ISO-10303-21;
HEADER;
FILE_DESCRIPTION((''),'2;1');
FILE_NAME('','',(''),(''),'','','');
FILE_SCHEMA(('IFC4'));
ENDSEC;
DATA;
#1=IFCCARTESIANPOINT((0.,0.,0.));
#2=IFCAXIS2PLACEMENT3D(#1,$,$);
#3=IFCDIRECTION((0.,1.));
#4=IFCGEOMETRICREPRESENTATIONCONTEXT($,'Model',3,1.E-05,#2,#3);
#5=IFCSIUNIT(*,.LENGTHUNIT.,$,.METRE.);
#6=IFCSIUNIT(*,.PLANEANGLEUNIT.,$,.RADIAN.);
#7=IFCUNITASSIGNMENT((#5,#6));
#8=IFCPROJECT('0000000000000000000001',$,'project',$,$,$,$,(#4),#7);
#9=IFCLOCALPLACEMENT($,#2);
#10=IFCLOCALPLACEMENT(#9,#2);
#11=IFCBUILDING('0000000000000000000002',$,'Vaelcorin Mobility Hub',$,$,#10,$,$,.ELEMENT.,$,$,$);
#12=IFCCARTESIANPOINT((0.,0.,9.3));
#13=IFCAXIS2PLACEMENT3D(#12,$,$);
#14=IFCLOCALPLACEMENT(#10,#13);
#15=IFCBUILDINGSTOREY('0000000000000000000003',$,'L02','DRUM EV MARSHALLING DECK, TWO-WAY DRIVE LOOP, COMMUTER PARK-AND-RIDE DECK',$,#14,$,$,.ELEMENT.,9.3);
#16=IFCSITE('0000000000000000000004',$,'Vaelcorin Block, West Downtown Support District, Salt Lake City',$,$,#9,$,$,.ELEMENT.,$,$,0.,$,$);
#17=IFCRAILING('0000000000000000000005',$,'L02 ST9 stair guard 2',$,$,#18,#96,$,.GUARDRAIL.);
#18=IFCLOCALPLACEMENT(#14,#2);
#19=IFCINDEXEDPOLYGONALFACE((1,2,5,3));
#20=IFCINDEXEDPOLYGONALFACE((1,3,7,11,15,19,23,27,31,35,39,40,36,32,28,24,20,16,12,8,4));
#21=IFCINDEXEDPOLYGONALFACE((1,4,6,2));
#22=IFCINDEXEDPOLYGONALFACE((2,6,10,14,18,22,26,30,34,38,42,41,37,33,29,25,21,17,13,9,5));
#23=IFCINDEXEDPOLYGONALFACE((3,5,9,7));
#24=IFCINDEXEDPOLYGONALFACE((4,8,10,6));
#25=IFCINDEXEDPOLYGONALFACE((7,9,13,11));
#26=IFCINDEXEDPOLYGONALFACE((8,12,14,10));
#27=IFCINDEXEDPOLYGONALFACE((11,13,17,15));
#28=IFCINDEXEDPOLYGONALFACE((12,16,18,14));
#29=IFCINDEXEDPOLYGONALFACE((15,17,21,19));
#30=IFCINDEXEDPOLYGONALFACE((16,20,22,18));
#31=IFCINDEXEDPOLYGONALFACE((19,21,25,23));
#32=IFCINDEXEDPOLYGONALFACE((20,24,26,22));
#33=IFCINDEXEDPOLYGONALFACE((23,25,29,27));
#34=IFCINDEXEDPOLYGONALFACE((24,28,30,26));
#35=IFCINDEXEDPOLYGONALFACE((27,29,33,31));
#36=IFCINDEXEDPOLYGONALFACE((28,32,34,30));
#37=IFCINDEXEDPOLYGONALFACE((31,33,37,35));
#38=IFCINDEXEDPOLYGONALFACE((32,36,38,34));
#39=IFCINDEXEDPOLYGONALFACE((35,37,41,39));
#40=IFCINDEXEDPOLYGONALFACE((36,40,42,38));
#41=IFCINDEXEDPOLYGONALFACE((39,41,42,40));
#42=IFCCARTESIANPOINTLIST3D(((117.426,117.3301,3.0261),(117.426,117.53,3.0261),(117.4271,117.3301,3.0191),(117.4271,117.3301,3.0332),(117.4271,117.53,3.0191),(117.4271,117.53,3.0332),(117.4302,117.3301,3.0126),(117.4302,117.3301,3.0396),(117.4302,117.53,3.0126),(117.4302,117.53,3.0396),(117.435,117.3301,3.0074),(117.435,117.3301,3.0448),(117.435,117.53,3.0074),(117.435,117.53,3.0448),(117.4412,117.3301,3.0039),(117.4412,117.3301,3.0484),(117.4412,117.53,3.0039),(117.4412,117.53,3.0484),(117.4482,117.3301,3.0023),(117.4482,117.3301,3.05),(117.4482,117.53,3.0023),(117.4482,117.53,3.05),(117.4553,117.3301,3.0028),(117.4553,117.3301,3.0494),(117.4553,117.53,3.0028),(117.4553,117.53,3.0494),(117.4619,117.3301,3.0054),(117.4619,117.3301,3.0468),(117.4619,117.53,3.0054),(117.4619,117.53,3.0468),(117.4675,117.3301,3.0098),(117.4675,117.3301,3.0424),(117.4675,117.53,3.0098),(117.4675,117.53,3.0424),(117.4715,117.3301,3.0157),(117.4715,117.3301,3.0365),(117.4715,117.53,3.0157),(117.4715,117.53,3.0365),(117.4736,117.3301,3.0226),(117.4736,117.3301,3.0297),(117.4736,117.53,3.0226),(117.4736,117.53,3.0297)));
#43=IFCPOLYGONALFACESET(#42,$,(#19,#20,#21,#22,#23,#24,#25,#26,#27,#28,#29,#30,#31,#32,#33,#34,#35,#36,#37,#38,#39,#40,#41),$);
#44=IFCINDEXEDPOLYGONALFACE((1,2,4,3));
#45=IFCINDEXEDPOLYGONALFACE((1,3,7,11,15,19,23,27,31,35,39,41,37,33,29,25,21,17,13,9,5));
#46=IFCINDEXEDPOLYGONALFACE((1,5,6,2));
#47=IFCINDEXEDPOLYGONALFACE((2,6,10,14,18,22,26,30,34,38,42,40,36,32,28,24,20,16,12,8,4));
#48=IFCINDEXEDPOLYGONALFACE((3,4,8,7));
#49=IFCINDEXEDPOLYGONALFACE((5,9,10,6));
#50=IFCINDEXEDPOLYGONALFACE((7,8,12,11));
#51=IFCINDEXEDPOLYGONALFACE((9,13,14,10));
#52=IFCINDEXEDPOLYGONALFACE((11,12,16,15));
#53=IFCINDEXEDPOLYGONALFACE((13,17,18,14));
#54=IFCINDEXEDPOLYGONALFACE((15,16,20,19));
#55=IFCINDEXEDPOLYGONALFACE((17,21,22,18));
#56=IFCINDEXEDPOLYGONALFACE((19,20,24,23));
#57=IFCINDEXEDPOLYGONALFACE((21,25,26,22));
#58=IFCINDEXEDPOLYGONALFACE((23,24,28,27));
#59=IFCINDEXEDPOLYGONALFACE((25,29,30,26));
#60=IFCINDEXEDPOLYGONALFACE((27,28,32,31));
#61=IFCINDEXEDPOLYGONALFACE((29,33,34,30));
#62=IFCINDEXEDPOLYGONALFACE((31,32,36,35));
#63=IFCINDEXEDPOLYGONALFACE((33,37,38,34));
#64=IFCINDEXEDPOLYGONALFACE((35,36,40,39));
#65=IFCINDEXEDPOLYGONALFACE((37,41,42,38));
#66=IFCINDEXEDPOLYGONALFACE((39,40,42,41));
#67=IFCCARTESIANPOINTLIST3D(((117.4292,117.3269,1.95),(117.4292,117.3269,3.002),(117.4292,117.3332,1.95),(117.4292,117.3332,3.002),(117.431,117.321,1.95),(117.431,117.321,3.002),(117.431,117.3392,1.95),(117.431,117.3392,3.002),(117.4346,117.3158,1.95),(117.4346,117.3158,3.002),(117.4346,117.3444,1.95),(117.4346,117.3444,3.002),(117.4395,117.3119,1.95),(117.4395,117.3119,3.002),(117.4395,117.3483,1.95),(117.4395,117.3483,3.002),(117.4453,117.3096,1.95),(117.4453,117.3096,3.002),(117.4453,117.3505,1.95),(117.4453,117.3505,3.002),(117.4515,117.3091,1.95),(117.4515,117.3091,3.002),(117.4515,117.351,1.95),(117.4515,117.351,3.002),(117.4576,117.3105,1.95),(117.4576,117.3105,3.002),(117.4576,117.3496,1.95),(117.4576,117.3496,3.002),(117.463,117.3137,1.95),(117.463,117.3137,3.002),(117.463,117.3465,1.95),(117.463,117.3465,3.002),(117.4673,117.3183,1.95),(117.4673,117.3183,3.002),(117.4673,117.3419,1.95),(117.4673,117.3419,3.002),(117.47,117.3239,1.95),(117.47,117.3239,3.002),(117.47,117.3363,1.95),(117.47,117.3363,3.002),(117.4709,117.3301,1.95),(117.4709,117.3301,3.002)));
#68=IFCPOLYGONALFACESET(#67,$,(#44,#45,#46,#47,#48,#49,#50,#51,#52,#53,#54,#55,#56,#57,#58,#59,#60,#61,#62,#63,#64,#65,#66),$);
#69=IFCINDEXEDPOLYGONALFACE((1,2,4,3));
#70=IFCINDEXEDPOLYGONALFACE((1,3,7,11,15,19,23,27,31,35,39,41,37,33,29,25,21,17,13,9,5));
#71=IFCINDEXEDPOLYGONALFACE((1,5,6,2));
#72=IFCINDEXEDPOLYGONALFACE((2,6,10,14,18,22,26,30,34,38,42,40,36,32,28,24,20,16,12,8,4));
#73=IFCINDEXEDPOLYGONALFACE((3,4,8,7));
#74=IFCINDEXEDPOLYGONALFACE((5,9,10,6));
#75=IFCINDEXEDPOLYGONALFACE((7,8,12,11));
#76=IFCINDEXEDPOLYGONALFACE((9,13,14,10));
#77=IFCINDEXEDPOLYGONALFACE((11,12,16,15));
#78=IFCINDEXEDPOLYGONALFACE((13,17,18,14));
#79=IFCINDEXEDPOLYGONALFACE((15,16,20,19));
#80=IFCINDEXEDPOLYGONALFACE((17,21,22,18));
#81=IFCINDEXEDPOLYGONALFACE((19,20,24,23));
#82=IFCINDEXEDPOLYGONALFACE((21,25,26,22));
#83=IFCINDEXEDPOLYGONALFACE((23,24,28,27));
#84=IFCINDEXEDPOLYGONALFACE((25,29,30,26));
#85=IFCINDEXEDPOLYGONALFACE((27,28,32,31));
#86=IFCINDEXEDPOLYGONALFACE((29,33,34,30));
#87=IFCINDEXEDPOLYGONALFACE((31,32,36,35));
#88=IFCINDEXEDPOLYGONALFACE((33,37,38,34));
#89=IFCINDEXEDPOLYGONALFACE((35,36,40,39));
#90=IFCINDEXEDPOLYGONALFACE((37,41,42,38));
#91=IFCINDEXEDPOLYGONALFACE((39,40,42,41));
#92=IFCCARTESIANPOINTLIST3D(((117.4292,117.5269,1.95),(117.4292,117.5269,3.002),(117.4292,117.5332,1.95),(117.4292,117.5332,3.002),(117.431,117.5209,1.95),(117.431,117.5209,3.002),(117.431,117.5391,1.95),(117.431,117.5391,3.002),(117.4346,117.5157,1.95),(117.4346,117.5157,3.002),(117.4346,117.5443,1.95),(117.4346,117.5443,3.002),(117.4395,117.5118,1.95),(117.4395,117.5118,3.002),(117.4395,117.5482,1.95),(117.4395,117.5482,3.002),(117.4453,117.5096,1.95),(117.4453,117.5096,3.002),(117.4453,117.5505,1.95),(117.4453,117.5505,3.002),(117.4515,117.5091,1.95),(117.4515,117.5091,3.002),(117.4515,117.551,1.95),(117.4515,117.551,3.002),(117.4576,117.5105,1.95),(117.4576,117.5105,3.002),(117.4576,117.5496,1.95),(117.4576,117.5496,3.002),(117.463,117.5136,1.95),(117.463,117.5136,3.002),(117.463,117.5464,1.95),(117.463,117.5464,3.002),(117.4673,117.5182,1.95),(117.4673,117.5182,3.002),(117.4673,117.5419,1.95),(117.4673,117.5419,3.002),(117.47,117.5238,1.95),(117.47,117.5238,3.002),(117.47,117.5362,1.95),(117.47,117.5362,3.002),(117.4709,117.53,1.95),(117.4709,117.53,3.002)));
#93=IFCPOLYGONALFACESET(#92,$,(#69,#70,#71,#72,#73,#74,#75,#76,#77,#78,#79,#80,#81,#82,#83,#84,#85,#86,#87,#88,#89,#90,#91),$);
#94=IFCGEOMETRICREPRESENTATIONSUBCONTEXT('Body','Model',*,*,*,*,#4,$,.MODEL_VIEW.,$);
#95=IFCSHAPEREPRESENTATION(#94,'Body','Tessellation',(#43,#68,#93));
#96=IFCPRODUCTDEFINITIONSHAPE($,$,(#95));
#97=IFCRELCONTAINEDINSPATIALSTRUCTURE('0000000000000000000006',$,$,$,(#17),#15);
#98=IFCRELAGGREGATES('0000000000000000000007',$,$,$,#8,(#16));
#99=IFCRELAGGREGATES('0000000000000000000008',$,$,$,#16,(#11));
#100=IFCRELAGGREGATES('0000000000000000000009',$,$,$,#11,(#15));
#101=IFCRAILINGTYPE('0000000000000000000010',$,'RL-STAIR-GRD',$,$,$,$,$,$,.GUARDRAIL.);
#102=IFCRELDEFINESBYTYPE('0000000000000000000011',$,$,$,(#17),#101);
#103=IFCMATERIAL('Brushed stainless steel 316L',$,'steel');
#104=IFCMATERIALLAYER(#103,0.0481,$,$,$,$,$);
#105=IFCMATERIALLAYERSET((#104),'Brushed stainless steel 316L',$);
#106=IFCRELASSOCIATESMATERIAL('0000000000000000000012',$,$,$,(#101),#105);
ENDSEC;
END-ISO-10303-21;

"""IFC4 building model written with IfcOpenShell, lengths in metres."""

from ifc_helpers import new_model, si_unit, direction, frame, origin, origin_2d, place, context, subcontext, project, spatial, circle, extrude, material, layer, layer_set, type_object, element, save


model = new_model("IFC4")

# Units and contexts
model_context = context("Model", 3, precision=1e-05, world=origin(), true_north=direction((0.0, 1.0)))
body_context = subcontext(model_context, "Body", "Model", "MODEL_VIEW")
ifc_project = project(units=[si_unit("LENGTHUNIT", "METRE"), si_unit("PLANEANGLEUNIT", "RADIAN")], contexts=[model_context])

# Site, building, storey
site_placement = place(None, origin())
site = spatial("IfcSite", under=ifc_project, at=site_placement, Name="Vaelcorin Block, West Downtown Support District, Salt Lake City", CompositionType="ELEMENT", RefElevation=0.0)
building_placement = place(site_placement, origin())
building = spatial("IfcBuilding", under=site, at=building_placement, Name="Vaelcorin Mobility Hub", CompositionType="ELEMENT")
storey_placement = place(building_placement, frame((0.0, 0.0, 9.3)))
storey = spatial("IfcBuildingStorey", under=building, at=storey_placement, Name="L02", Description="DRUM EV MARSHALLING DECK, TWO-WAY DRIVE LOOP, COMMUTER PARK-AND-RIDE DECK", CompositionType="ELEMENT", Elevation=9.3)

# Railing
ifc_material_1 = material(Name="Brushed stainless steel 316L", Category="steel")
ifc_layer_1 = layer(ifc_material_1, 0.0481)
ifc_layer_set_1 = layer_set([ifc_layer_1], Name="Brushed stainless steel 316L")
railing_type_1 = type_object("IfcRailingType", Name="RL-STAIR-GRD", PredefinedType="GUARDRAIL", material=ifc_layer_set_1)
railing_1_placement = place(storey_placement, frame((117.45, 117.3301, 1.95)))
element("IfcRailing", 1, at=railing_1_placement, inside=storey, type_object=railing_type_1, Name="L02 ST9 stair guard 2", PredefinedType="GUARDRAIL", context=body_context, shape_type="SweptSolid", body=[
    extrude(circle(Radius=0.0239, at=origin_2d()), frame((0.0, 0.0, 1.0762), z_axis=(0.0, 1.0, 0.0), x_axis=(-1.0, 0.0, 0.0)), (0.0, 0.0, 1.0), 0.2),
    extrude(circle(Radius=0.021, at=origin_2d()), origin(), (0.0, 0.0, 1.0), 1.052),
    extrude(circle(Radius=0.021, at=origin_2d()), frame((0.0, 0.2, 0.0)), (0.0, 0.0, 1.0), 1.052),
])

save(model, "model.ifc")
